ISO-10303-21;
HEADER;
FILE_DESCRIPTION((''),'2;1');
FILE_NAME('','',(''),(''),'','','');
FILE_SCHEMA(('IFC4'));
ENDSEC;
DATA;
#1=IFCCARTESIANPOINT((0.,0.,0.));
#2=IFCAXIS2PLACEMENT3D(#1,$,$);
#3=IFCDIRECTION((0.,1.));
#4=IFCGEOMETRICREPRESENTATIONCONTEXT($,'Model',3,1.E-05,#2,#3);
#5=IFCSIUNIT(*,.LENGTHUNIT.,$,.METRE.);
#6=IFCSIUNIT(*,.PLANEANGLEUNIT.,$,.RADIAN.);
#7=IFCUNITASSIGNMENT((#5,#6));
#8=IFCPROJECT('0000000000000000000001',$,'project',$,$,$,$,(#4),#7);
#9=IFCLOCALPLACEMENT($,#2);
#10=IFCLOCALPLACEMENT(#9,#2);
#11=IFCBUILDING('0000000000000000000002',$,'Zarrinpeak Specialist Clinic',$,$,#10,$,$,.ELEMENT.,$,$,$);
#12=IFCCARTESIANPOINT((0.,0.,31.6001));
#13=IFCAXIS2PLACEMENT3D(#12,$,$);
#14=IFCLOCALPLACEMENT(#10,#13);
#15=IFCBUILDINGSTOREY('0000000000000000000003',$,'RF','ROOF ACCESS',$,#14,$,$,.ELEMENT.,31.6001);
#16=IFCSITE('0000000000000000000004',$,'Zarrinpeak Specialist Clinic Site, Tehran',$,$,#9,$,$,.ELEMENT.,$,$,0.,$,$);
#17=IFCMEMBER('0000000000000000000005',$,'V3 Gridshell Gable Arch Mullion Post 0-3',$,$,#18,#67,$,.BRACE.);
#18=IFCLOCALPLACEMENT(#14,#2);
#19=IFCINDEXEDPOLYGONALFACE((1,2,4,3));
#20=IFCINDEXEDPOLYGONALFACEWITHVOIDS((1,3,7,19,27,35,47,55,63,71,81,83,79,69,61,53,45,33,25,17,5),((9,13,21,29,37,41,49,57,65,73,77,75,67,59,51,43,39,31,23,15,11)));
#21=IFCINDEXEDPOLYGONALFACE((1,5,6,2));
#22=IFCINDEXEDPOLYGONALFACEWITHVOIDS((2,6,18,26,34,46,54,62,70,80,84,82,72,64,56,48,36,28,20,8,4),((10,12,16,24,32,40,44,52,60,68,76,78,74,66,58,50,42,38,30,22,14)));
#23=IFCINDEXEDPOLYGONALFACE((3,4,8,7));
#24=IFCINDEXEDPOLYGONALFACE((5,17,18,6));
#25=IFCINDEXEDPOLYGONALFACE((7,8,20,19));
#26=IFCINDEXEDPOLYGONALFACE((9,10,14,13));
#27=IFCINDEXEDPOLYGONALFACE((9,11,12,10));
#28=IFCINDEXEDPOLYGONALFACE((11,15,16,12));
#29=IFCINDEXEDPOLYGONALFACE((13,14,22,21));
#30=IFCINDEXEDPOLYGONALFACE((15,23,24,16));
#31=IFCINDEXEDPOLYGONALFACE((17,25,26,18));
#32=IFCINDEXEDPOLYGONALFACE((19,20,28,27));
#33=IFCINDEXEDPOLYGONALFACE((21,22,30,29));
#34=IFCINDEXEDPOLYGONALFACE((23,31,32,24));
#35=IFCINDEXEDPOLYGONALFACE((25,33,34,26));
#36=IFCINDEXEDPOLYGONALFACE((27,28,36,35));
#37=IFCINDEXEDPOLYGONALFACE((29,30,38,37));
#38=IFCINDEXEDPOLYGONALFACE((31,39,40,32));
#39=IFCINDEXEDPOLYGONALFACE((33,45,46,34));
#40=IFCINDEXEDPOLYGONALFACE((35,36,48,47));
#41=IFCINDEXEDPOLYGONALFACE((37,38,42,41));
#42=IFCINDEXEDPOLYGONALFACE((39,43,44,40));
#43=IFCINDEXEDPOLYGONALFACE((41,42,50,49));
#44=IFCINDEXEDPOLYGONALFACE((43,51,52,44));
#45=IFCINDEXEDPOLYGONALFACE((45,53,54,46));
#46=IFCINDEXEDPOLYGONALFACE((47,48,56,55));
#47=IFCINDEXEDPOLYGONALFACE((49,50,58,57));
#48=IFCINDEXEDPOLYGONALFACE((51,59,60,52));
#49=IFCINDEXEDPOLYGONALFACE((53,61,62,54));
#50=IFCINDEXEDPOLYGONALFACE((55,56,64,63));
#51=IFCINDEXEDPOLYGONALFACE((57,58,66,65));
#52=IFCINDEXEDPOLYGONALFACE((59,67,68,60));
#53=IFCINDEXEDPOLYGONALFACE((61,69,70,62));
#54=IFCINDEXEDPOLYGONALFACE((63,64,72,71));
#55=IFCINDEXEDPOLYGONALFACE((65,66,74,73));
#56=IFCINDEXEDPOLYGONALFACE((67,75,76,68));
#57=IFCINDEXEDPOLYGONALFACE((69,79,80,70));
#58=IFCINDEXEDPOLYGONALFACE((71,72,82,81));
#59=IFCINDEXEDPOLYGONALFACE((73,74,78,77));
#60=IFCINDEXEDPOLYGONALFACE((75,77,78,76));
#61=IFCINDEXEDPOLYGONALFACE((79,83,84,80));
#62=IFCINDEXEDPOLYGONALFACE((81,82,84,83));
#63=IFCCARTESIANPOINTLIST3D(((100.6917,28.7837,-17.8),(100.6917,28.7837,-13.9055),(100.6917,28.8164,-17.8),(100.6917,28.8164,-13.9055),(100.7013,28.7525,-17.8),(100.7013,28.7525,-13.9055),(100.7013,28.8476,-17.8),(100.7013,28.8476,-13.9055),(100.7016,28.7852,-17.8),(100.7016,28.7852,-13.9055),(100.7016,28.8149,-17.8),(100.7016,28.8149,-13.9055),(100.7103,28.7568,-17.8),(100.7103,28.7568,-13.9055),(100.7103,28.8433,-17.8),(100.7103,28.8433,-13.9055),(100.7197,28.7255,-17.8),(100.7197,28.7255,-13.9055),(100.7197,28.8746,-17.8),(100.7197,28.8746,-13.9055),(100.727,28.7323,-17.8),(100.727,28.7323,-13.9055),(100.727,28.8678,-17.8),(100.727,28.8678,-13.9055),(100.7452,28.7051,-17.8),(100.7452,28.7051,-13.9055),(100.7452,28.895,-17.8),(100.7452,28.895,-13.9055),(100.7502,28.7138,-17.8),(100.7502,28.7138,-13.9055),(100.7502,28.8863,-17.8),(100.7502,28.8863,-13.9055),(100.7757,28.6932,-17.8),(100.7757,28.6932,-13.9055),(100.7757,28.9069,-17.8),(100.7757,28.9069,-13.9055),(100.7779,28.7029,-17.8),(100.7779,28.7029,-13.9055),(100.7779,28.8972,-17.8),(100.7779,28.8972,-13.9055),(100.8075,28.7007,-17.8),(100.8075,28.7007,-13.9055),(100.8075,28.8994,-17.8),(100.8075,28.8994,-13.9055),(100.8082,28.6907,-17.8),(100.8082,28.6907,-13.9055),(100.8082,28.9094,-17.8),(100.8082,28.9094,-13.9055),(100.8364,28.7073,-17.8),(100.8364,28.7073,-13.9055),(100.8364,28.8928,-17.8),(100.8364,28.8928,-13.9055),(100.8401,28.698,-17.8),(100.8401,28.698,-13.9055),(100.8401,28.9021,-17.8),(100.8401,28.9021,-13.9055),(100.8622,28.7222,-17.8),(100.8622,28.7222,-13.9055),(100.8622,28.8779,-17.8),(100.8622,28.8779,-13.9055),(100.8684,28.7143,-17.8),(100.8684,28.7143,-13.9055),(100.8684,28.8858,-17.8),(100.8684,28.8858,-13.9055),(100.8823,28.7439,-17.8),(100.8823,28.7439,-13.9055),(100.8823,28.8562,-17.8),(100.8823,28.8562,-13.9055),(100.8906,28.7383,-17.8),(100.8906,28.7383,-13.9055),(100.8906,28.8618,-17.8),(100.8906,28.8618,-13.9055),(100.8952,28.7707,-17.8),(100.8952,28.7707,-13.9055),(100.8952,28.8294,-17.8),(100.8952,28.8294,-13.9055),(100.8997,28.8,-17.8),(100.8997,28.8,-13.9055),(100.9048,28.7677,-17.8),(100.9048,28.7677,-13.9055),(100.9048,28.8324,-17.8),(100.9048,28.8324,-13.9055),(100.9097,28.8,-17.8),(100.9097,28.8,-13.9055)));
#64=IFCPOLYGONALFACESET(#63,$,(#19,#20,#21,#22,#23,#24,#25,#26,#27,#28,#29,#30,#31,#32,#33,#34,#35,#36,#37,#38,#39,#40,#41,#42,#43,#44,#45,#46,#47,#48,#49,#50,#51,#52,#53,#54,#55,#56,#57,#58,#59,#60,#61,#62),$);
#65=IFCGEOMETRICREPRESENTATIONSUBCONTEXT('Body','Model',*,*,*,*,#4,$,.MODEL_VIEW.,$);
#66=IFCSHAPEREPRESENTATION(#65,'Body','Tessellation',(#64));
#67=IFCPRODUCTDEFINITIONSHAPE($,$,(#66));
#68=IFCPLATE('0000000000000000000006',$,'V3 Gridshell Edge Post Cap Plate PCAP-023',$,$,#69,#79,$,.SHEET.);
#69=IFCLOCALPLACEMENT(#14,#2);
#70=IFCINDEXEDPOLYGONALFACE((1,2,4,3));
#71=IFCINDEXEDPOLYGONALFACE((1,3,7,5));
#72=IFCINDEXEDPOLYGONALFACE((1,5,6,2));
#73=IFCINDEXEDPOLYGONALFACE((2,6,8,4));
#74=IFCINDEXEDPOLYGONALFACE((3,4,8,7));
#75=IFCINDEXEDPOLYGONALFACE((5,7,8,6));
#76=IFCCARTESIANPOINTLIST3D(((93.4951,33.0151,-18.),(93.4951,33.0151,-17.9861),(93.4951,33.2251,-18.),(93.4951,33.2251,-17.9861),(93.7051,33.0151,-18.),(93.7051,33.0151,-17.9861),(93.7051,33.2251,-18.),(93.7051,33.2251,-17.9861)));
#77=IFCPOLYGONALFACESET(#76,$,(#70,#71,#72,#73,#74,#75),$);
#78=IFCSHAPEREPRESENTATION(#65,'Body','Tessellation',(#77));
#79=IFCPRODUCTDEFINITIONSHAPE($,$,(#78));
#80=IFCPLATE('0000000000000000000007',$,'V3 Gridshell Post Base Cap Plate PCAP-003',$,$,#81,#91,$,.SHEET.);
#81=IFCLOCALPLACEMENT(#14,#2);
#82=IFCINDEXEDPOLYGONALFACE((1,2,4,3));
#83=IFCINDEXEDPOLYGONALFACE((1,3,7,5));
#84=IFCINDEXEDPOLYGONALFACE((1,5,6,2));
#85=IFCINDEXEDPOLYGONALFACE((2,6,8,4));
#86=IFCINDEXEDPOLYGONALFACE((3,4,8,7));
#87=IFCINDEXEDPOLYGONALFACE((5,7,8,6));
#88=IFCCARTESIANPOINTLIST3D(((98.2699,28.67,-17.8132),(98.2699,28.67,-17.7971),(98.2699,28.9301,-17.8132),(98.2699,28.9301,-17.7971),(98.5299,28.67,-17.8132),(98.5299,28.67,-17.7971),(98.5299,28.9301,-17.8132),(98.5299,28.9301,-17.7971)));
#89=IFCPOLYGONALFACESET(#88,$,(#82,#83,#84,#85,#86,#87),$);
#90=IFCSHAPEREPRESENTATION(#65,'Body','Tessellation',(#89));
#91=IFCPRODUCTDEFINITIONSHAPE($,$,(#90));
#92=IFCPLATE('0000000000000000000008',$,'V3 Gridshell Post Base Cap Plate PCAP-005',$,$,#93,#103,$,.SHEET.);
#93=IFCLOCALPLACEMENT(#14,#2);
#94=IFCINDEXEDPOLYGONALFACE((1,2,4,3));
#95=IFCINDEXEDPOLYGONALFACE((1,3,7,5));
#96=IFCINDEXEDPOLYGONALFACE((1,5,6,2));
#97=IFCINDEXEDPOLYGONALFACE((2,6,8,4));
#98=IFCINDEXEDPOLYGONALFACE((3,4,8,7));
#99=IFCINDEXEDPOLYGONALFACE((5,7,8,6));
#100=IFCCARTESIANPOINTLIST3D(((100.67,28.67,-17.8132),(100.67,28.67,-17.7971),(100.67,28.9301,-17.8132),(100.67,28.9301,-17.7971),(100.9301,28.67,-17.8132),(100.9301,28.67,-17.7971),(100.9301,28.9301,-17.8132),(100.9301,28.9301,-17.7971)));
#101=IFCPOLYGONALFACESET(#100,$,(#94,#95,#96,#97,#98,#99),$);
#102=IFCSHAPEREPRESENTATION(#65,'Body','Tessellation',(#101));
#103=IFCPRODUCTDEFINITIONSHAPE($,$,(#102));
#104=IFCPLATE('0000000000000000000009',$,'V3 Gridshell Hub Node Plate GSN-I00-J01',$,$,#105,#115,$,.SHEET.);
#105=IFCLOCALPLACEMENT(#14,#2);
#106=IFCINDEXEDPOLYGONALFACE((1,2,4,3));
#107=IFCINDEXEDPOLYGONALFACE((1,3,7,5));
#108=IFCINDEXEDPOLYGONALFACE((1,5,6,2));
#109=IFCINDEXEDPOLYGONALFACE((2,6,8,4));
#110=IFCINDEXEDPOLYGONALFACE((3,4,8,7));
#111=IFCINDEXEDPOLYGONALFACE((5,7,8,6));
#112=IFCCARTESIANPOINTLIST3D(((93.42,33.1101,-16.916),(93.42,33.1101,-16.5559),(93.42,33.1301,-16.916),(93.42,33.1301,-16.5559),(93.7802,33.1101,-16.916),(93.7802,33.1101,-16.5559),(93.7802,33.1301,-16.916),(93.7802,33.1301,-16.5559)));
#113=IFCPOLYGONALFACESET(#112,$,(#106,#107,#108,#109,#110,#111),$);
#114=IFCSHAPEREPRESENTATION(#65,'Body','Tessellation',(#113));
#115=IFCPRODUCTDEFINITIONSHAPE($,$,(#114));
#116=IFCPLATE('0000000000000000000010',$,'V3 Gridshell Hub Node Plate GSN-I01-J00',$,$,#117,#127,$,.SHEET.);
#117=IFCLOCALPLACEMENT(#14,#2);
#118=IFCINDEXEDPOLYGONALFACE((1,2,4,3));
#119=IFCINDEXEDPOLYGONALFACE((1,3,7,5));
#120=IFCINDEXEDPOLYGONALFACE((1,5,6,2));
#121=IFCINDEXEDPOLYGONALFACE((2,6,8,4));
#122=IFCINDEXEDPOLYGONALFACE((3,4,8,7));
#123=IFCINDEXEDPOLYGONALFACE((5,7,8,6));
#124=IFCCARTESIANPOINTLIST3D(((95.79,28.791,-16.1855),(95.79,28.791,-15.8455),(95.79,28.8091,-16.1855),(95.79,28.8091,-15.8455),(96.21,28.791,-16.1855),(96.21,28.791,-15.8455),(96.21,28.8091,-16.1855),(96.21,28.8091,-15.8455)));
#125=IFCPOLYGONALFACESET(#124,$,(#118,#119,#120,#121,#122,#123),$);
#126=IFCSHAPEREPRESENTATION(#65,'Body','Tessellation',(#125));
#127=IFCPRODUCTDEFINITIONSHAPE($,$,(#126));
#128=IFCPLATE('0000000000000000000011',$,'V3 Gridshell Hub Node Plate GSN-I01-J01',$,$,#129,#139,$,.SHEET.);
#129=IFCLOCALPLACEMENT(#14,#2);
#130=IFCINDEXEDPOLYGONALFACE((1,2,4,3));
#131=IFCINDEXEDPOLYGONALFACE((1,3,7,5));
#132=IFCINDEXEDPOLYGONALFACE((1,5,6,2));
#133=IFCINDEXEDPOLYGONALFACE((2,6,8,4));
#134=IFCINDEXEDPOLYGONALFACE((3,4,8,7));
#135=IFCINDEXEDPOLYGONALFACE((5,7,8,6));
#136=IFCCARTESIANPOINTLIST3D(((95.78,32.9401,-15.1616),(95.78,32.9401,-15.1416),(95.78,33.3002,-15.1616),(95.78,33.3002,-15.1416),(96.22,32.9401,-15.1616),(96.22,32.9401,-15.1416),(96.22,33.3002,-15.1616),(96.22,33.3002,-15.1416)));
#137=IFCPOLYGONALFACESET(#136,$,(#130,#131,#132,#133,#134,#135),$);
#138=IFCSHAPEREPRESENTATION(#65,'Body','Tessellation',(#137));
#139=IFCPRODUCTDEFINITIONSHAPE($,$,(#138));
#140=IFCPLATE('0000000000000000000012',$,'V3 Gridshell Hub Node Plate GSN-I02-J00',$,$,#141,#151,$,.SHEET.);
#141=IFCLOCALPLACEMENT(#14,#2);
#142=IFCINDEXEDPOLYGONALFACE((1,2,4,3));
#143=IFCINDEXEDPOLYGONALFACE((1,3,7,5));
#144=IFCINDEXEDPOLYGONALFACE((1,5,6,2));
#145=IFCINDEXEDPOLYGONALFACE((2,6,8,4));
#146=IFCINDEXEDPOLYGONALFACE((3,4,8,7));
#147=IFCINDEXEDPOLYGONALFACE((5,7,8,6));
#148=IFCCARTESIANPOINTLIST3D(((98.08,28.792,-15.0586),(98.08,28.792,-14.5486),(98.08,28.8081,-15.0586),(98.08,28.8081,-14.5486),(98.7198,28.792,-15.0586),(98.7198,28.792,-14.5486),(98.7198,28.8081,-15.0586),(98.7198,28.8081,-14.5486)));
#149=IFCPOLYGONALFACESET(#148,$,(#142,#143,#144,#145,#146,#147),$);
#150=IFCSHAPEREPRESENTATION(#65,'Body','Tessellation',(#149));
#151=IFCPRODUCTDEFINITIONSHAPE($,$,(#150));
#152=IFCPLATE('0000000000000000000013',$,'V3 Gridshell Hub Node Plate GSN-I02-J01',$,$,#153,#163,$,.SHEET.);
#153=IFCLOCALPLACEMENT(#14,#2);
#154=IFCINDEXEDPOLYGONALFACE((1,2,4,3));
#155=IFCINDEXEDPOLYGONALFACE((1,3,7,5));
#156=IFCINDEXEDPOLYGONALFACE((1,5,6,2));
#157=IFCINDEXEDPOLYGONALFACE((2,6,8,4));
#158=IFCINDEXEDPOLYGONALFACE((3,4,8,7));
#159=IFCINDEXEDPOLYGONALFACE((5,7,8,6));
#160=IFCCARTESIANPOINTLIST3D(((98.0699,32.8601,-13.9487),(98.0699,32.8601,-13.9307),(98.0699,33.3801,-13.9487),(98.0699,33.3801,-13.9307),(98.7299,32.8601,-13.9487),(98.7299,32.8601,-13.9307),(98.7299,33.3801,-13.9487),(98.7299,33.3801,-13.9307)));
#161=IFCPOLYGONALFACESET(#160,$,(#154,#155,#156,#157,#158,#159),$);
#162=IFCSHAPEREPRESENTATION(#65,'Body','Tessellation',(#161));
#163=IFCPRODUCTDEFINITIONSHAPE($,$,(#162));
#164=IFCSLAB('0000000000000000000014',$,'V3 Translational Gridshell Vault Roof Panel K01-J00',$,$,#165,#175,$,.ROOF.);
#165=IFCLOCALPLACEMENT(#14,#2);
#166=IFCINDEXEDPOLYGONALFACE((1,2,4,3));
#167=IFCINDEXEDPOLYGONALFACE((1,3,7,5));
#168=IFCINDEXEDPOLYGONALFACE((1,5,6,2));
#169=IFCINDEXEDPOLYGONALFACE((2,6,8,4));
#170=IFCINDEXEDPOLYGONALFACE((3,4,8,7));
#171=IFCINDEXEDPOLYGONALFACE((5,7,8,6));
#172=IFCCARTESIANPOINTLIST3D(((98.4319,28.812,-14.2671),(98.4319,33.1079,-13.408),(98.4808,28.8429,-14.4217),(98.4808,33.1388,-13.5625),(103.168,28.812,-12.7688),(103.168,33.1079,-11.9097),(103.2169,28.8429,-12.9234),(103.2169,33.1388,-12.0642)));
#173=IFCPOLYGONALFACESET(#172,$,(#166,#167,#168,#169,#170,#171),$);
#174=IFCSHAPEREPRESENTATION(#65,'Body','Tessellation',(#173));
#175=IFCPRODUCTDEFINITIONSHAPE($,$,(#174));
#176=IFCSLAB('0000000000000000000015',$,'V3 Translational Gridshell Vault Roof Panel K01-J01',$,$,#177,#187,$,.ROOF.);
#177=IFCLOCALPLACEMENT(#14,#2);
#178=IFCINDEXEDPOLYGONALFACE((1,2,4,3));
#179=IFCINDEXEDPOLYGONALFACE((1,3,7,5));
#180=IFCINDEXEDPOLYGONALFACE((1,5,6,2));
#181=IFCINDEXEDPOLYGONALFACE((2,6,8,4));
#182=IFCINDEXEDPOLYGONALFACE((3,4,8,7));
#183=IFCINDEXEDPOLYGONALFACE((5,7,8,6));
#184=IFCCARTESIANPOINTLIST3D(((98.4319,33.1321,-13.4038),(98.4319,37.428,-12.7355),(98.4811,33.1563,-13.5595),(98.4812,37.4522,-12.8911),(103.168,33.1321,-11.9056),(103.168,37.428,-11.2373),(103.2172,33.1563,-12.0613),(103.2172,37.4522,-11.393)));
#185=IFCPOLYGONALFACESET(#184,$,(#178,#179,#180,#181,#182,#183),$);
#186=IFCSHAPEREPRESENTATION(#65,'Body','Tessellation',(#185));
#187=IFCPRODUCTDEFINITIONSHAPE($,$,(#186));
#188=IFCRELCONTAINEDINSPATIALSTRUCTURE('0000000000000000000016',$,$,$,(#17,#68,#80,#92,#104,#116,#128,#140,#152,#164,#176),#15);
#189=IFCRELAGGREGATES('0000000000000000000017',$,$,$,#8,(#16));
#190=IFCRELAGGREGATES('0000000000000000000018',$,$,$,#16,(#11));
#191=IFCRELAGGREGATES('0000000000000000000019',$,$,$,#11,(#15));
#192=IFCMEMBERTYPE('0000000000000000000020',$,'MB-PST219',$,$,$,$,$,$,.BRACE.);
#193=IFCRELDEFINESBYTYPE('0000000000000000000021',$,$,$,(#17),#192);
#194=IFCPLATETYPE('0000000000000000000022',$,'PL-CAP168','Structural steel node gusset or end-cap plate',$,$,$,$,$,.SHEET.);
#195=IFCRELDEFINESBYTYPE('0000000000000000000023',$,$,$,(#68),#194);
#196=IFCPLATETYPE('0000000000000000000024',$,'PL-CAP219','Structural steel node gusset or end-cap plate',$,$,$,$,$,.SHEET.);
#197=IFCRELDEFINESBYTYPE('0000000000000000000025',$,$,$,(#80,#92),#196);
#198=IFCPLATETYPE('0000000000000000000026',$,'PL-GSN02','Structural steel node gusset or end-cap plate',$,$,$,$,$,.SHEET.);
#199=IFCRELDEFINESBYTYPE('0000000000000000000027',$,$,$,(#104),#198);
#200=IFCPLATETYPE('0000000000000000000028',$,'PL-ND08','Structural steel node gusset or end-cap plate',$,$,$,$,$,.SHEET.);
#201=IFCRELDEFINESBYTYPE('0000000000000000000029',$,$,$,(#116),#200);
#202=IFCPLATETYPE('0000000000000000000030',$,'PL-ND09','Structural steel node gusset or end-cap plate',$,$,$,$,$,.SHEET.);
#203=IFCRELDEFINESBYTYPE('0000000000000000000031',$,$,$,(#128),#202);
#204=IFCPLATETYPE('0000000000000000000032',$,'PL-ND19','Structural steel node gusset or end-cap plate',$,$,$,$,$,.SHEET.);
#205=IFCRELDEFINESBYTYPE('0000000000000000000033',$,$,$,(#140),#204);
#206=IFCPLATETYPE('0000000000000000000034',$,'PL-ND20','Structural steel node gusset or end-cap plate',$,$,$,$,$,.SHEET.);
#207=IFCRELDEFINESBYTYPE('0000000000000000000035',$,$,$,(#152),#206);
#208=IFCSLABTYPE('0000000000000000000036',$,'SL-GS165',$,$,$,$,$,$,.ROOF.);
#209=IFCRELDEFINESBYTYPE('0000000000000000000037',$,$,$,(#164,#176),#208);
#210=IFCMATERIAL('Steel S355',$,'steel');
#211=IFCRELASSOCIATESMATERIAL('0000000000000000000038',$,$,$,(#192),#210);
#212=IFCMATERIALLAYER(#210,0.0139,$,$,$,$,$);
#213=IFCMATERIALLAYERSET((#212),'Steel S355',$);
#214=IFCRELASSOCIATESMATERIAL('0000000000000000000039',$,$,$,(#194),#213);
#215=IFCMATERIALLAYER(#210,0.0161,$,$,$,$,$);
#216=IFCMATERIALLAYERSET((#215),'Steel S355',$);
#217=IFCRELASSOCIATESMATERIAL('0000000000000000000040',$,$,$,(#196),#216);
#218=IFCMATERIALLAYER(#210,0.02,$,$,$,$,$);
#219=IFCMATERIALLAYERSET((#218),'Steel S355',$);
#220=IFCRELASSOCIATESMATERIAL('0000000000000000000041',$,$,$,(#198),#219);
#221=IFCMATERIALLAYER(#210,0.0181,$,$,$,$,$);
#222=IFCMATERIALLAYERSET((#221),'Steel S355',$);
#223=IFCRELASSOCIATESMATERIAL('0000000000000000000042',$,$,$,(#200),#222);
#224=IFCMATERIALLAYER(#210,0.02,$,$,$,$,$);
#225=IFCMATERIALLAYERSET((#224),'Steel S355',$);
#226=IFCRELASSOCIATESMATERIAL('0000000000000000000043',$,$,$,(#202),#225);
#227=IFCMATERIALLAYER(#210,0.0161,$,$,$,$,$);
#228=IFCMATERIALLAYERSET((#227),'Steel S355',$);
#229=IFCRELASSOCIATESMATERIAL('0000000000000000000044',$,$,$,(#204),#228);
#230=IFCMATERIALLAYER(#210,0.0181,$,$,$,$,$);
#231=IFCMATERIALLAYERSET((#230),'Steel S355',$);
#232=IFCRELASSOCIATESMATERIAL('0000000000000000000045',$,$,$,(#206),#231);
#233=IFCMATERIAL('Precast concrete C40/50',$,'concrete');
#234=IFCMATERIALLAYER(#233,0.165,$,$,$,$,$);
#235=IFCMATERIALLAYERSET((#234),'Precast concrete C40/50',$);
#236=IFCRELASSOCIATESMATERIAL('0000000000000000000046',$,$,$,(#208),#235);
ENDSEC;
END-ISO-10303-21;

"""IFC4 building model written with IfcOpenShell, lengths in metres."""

from ifc_helpers import new_model, si_unit, direction, frame, origin, origin_2d, place, context, subcontext, project, spatial, polyline, rectangle, hollow_circle, outline, extrude, material, layer, layer_set, material_profile, profile_set, type_object, element, save


model = new_model("IFC4")

# Units and contexts
model_context = context("Model", 3, precision=1e-05, world=origin(), true_north=direction((0.0, 1.0)))
body_context = subcontext(model_context, "Body", "Model", "MODEL_VIEW")
ifc_project = project(units=[si_unit("LENGTHUNIT", "METRE"), si_unit("PLANEANGLEUNIT", "RADIAN")], contexts=[model_context])

# Site, building, storey
site_placement = place(None, origin())
site = spatial("IfcSite", under=ifc_project, at=site_placement, Name="Zarrinpeak Specialist Clinic Site, Tehran", CompositionType="ELEMENT", RefElevation=0.0)
building_placement = place(site_placement, origin())
building = spatial("IfcBuilding", under=site, at=building_placement, Name="Zarrinpeak Specialist Clinic", CompositionType="ELEMENT")
storey_placement = place(building_placement, frame((0.0, 0.0, 31.6001)))
storey = spatial("IfcBuildingStorey", under=building, at=storey_placement, Name="RF", Description="ROOF ACCESS", CompositionType="ELEMENT", Elevation=31.6001)

# Member
ifc_material_1 = material(Name="Steel S355", Category="steel")
ifc_material_profile_1 = material_profile(ifc_material_1, hollow_circle(Radius=0.1096, WallThickness=0.01, at=origin_2d()), Name="CHS 219.1x10.0")
ifc_profile_set_1 = profile_set([ifc_material_profile_1], Name="Steel S355")
member_type_1 = type_object("IfcMemberType", Name="MB-PST219", PredefinedType="BRACE", material=ifc_profile_set_1)
member_1_placement = place(storey_placement, frame((100.8, 28.8, -17.8), z_axis=(0.0, 0.0, 1.0), x_axis=(1.0, 0.0, 0.0)))
element("IfcMember", 1, at=member_1_placement, inside=storey, type_object=member_type_1, Name="V3 Gridshell Gable Arch Mullion Post 0-3", PredefinedType="BRACE", context=body_context, shape_type="SweptSolid", body=[
    extrude(hollow_circle(Radius=0.1096, WallThickness=0.01, at=origin_2d()), origin(), (0.0, 0.0, 1.0), 3.8945),
])

# Plates
ifc_layer_1 = layer(ifc_material_1, 0.0139)
ifc_layer_set_1 = layer_set([ifc_layer_1], Name="Steel S355")
plate_type_1 = type_object("IfcPlateType", Name="PL-CAP168", Description="Structural steel node gusset or end-cap plate", PredefinedType="SHEET", material=ifc_layer_set_1)
plate_1_placement = place(storey_placement, frame((93.6001, 33.1201, -18.0), z_axis=(0.0, 0.0, 1.0), x_axis=(1.0, 0.0, 0.0)))
element("IfcPlate", 2, at=plate_1_placement, inside=storey, type_object=plate_type_1, Name="V3 Gridshell Edge Post Cap Plate PCAP-023", PredefinedType="SHEET", context=body_context, shape_type="SweptSolid", body=[
    extrude(rectangle(XDim=0.21, YDim=0.21, at=origin_2d()), origin(), (0.0, 0.0, 1.0), 0.0139),
])
ifc_layer_2 = layer(ifc_material_1, 0.0161)
ifc_layer_set_2 = layer_set([ifc_layer_2], Name="Steel S355")
plate_type_2 = type_object("IfcPlateType", Name="PL-CAP219", Description="Structural steel node gusset or end-cap plate", PredefinedType="SHEET", material=ifc_layer_set_2)
for number, where, z_axis, x_axis, name in (
    (3, (98.3999, 28.8, -17.8132), (0.0, 0.0, 1.0), (1.0, 0.0, 0.0), "V3 Gridshell Post Base Cap Plate PCAP-003"),
    (4, (100.8, 28.8, -17.8132), (0.0, 0.0, 1.0), (1.0, 0.0, 0.0), "V3 Gridshell Post Base Cap Plate PCAP-005"),
):
    element("IfcPlate", number, at=place(storey_placement, frame(where, z_axis=z_axis, x_axis=x_axis)), inside=storey, type_object=plate_type_2, Name=name, PredefinedType="SHEET", context=body_context, shape_type="SweptSolid", body=[
        extrude(rectangle(XDim=0.26, YDim=0.26, at=origin_2d()), origin(), (0.0, 0.0, 1.0), 0.0161),
    ])
ifc_layer_3 = layer(ifc_material_1, 0.02)
ifc_layer_set_3 = layer_set([ifc_layer_3], Name="Steel S355")
plate_type_3 = type_object("IfcPlateType", Name="PL-GSN02", Description="Structural steel node gusset or end-cap plate", PredefinedType="SHEET", material=ifc_layer_set_3)
plate_2_placement = place(storey_placement, frame((93.6001, 33.1201, -16.916), z_axis=(0.0, 0.0, 1.0), x_axis=(1.0, 0.0, 0.0)))
element("IfcPlate", 5, at=plate_2_placement, inside=storey, type_object=plate_type_3, Name="V3 Gridshell Hub Node Plate GSN-I00-J01", PredefinedType="SHEET", context=body_context, shape_type="SweptSolid", body=[
    extrude(rectangle(XDim=0.3601, YDim=0.02, at=origin_2d()), origin(), (0.0, 0.0, 1.0), 0.3601),
])
ifc_layer_4 = layer(ifc_material_1, 0.0181)
ifc_layer_set_4 = layer_set([ifc_layer_4], Name="Steel S355")
plate_type_4 = type_object("IfcPlateType", Name="PL-ND08", Description="Structural steel node gusset or end-cap plate", PredefinedType="SHEET", material=ifc_layer_set_4)
plate_3_placement = place(storey_placement, frame((96.0, 28.8, -16.1855), z_axis=(0.0, 0.0, 1.0), x_axis=(1.0, 0.0, 0.0)))
element("IfcPlate", 6, at=plate_3_placement, inside=storey, type_object=plate_type_4, Name="V3 Gridshell Hub Node Plate GSN-I01-J00", PredefinedType="SHEET", context=body_context, shape_type="SweptSolid", body=[
    extrude(rectangle(XDim=0.4199, YDim=0.0181, at=origin_2d()), origin(), (0.0, 0.0, 1.0), 0.3401),
])
ifc_layer_5 = layer(ifc_material_1, 0.02)
ifc_layer_set_5 = layer_set([ifc_layer_5], Name="Steel S355")
plate_type_5 = type_object("IfcPlateType", Name="PL-ND09", Description="Structural steel node gusset or end-cap plate", PredefinedType="SHEET", material=ifc_layer_set_5)
plate_4_placement = place(storey_placement, frame((96.0, 33.1201, -15.1616), z_axis=(0.0, 0.0, 1.0), x_axis=(1.0, 0.0, 0.0)))
element("IfcPlate", 7, at=plate_4_placement, inside=storey, type_object=plate_type_5, Name="V3 Gridshell Hub Node Plate GSN-I01-J01", PredefinedType="SHEET", context=body_context, shape_type="SweptSolid", body=[
    extrude(rectangle(XDim=0.4399, YDim=0.3601, at=origin_2d()), origin(), (0.0, 0.0, 1.0), 0.02),
])
ifc_layer_6 = layer(ifc_material_1, 0.0161)
ifc_layer_set_6 = layer_set([ifc_layer_6], Name="Steel S355")
plate_type_6 = type_object("IfcPlateType", Name="PL-ND19", Description="Structural steel node gusset or end-cap plate", PredefinedType="SHEET", material=ifc_layer_set_6)
plate_5_placement = place(storey_placement, frame((98.3999, 28.8, -15.0586), z_axis=(0.0, 0.0, 1.0), x_axis=(1.0, 0.0, 0.0)))
element("IfcPlate", 8, at=plate_5_placement, inside=storey, type_object=plate_type_6, Name="V3 Gridshell Hub Node Plate GSN-I02-J00", PredefinedType="SHEET", context=body_context, shape_type="SweptSolid", body=[
    extrude(rectangle(XDim=0.6399, YDim=0.0161, at=origin_2d()), origin(), (0.0, 0.0, 1.0), 0.51),
])
ifc_layer_7 = layer(ifc_material_1, 0.0181)
ifc_layer_set_7 = layer_set([ifc_layer_7], Name="Steel S355")
plate_type_7 = type_object("IfcPlateType", Name="PL-ND20", Description="Structural steel node gusset or end-cap plate", PredefinedType="SHEET", material=ifc_layer_set_7)
plate_6_placement = place(storey_placement, frame((98.3999, 33.1201, -13.9487), z_axis=(0.0, 0.0, 1.0), x_axis=(1.0, 0.0, 0.0)))
element("IfcPlate", 9, at=plate_6_placement, inside=storey, type_object=plate_type_7, Name="V3 Gridshell Hub Node Plate GSN-I02-J01", PredefinedType="SHEET", context=body_context, shape_type="SweptSolid", body=[
    extrude(rectangle(XDim=0.6599, YDim=0.52, at=origin_2d()), origin(), (0.0, 0.0, 1.0), 0.0181),
])

# Slabs
ifc_material_2 = material(Name="Precast concrete C40/50", Category="concrete")
ifc_layer_8 = layer(ifc_material_2, 0.165)
ifc_layer_set_8 = layer_set([ifc_layer_8], Name="Precast concrete C40/50")
slab_type_1 = type_object("IfcSlabType", Name="SL-GS165", PredefinedType="ROOF", material=ifc_layer_set_8)
slab_1_placement = place(storey_placement, frame((98.4319, 28.812, -14.2671), z_axis=(-0.296285, -0.1873, 0.936554), x_axis=(0.953427, 0.0, 0.301623)))
element("IfcSlab", 10, at=slab_1_placement, inside=storey, type_object=slab_type_1, Name="V3 Translational Gridshell Vault Roof Panel K01-J00", PredefinedType="ROOF", context=body_context, shape_type="SweptSolid", body=[
    extrude(outline(polyline([(0.0, 0.0), (4.9674, 0.0), (5.2266, 4.3733), (0.2591, 4.3733), (0.0, 0.0)])), origin(), (0.0, 0.0, -1.0), 0.165),
])
slab_2_placement = place(storey_placement, frame((98.4319, 33.1321, -13.4038), z_axis=(-0.298336, -0.146725, 0.943116), x_axis=(0.953434, 0.000003, 0.301601)))
element("IfcSlab", 11, at=slab_2_placement, inside=storey, type_object=slab_type_1, Name="V3 Translational Gridshell Vault Roof Panel K01-J01", PredefinedType="ROOF", context=body_context, shape_type="SweptSolid", body=[
    extrude(outline(polyline([(0.0, 0.0), (4.9674, 0.0), (5.169, 4.3429), (0.2016, 4.3429), (0.0, 0.0)])), origin(), (0.0, 0.0, -1.0), 0.165),
])

save(model, "model.ifc")
